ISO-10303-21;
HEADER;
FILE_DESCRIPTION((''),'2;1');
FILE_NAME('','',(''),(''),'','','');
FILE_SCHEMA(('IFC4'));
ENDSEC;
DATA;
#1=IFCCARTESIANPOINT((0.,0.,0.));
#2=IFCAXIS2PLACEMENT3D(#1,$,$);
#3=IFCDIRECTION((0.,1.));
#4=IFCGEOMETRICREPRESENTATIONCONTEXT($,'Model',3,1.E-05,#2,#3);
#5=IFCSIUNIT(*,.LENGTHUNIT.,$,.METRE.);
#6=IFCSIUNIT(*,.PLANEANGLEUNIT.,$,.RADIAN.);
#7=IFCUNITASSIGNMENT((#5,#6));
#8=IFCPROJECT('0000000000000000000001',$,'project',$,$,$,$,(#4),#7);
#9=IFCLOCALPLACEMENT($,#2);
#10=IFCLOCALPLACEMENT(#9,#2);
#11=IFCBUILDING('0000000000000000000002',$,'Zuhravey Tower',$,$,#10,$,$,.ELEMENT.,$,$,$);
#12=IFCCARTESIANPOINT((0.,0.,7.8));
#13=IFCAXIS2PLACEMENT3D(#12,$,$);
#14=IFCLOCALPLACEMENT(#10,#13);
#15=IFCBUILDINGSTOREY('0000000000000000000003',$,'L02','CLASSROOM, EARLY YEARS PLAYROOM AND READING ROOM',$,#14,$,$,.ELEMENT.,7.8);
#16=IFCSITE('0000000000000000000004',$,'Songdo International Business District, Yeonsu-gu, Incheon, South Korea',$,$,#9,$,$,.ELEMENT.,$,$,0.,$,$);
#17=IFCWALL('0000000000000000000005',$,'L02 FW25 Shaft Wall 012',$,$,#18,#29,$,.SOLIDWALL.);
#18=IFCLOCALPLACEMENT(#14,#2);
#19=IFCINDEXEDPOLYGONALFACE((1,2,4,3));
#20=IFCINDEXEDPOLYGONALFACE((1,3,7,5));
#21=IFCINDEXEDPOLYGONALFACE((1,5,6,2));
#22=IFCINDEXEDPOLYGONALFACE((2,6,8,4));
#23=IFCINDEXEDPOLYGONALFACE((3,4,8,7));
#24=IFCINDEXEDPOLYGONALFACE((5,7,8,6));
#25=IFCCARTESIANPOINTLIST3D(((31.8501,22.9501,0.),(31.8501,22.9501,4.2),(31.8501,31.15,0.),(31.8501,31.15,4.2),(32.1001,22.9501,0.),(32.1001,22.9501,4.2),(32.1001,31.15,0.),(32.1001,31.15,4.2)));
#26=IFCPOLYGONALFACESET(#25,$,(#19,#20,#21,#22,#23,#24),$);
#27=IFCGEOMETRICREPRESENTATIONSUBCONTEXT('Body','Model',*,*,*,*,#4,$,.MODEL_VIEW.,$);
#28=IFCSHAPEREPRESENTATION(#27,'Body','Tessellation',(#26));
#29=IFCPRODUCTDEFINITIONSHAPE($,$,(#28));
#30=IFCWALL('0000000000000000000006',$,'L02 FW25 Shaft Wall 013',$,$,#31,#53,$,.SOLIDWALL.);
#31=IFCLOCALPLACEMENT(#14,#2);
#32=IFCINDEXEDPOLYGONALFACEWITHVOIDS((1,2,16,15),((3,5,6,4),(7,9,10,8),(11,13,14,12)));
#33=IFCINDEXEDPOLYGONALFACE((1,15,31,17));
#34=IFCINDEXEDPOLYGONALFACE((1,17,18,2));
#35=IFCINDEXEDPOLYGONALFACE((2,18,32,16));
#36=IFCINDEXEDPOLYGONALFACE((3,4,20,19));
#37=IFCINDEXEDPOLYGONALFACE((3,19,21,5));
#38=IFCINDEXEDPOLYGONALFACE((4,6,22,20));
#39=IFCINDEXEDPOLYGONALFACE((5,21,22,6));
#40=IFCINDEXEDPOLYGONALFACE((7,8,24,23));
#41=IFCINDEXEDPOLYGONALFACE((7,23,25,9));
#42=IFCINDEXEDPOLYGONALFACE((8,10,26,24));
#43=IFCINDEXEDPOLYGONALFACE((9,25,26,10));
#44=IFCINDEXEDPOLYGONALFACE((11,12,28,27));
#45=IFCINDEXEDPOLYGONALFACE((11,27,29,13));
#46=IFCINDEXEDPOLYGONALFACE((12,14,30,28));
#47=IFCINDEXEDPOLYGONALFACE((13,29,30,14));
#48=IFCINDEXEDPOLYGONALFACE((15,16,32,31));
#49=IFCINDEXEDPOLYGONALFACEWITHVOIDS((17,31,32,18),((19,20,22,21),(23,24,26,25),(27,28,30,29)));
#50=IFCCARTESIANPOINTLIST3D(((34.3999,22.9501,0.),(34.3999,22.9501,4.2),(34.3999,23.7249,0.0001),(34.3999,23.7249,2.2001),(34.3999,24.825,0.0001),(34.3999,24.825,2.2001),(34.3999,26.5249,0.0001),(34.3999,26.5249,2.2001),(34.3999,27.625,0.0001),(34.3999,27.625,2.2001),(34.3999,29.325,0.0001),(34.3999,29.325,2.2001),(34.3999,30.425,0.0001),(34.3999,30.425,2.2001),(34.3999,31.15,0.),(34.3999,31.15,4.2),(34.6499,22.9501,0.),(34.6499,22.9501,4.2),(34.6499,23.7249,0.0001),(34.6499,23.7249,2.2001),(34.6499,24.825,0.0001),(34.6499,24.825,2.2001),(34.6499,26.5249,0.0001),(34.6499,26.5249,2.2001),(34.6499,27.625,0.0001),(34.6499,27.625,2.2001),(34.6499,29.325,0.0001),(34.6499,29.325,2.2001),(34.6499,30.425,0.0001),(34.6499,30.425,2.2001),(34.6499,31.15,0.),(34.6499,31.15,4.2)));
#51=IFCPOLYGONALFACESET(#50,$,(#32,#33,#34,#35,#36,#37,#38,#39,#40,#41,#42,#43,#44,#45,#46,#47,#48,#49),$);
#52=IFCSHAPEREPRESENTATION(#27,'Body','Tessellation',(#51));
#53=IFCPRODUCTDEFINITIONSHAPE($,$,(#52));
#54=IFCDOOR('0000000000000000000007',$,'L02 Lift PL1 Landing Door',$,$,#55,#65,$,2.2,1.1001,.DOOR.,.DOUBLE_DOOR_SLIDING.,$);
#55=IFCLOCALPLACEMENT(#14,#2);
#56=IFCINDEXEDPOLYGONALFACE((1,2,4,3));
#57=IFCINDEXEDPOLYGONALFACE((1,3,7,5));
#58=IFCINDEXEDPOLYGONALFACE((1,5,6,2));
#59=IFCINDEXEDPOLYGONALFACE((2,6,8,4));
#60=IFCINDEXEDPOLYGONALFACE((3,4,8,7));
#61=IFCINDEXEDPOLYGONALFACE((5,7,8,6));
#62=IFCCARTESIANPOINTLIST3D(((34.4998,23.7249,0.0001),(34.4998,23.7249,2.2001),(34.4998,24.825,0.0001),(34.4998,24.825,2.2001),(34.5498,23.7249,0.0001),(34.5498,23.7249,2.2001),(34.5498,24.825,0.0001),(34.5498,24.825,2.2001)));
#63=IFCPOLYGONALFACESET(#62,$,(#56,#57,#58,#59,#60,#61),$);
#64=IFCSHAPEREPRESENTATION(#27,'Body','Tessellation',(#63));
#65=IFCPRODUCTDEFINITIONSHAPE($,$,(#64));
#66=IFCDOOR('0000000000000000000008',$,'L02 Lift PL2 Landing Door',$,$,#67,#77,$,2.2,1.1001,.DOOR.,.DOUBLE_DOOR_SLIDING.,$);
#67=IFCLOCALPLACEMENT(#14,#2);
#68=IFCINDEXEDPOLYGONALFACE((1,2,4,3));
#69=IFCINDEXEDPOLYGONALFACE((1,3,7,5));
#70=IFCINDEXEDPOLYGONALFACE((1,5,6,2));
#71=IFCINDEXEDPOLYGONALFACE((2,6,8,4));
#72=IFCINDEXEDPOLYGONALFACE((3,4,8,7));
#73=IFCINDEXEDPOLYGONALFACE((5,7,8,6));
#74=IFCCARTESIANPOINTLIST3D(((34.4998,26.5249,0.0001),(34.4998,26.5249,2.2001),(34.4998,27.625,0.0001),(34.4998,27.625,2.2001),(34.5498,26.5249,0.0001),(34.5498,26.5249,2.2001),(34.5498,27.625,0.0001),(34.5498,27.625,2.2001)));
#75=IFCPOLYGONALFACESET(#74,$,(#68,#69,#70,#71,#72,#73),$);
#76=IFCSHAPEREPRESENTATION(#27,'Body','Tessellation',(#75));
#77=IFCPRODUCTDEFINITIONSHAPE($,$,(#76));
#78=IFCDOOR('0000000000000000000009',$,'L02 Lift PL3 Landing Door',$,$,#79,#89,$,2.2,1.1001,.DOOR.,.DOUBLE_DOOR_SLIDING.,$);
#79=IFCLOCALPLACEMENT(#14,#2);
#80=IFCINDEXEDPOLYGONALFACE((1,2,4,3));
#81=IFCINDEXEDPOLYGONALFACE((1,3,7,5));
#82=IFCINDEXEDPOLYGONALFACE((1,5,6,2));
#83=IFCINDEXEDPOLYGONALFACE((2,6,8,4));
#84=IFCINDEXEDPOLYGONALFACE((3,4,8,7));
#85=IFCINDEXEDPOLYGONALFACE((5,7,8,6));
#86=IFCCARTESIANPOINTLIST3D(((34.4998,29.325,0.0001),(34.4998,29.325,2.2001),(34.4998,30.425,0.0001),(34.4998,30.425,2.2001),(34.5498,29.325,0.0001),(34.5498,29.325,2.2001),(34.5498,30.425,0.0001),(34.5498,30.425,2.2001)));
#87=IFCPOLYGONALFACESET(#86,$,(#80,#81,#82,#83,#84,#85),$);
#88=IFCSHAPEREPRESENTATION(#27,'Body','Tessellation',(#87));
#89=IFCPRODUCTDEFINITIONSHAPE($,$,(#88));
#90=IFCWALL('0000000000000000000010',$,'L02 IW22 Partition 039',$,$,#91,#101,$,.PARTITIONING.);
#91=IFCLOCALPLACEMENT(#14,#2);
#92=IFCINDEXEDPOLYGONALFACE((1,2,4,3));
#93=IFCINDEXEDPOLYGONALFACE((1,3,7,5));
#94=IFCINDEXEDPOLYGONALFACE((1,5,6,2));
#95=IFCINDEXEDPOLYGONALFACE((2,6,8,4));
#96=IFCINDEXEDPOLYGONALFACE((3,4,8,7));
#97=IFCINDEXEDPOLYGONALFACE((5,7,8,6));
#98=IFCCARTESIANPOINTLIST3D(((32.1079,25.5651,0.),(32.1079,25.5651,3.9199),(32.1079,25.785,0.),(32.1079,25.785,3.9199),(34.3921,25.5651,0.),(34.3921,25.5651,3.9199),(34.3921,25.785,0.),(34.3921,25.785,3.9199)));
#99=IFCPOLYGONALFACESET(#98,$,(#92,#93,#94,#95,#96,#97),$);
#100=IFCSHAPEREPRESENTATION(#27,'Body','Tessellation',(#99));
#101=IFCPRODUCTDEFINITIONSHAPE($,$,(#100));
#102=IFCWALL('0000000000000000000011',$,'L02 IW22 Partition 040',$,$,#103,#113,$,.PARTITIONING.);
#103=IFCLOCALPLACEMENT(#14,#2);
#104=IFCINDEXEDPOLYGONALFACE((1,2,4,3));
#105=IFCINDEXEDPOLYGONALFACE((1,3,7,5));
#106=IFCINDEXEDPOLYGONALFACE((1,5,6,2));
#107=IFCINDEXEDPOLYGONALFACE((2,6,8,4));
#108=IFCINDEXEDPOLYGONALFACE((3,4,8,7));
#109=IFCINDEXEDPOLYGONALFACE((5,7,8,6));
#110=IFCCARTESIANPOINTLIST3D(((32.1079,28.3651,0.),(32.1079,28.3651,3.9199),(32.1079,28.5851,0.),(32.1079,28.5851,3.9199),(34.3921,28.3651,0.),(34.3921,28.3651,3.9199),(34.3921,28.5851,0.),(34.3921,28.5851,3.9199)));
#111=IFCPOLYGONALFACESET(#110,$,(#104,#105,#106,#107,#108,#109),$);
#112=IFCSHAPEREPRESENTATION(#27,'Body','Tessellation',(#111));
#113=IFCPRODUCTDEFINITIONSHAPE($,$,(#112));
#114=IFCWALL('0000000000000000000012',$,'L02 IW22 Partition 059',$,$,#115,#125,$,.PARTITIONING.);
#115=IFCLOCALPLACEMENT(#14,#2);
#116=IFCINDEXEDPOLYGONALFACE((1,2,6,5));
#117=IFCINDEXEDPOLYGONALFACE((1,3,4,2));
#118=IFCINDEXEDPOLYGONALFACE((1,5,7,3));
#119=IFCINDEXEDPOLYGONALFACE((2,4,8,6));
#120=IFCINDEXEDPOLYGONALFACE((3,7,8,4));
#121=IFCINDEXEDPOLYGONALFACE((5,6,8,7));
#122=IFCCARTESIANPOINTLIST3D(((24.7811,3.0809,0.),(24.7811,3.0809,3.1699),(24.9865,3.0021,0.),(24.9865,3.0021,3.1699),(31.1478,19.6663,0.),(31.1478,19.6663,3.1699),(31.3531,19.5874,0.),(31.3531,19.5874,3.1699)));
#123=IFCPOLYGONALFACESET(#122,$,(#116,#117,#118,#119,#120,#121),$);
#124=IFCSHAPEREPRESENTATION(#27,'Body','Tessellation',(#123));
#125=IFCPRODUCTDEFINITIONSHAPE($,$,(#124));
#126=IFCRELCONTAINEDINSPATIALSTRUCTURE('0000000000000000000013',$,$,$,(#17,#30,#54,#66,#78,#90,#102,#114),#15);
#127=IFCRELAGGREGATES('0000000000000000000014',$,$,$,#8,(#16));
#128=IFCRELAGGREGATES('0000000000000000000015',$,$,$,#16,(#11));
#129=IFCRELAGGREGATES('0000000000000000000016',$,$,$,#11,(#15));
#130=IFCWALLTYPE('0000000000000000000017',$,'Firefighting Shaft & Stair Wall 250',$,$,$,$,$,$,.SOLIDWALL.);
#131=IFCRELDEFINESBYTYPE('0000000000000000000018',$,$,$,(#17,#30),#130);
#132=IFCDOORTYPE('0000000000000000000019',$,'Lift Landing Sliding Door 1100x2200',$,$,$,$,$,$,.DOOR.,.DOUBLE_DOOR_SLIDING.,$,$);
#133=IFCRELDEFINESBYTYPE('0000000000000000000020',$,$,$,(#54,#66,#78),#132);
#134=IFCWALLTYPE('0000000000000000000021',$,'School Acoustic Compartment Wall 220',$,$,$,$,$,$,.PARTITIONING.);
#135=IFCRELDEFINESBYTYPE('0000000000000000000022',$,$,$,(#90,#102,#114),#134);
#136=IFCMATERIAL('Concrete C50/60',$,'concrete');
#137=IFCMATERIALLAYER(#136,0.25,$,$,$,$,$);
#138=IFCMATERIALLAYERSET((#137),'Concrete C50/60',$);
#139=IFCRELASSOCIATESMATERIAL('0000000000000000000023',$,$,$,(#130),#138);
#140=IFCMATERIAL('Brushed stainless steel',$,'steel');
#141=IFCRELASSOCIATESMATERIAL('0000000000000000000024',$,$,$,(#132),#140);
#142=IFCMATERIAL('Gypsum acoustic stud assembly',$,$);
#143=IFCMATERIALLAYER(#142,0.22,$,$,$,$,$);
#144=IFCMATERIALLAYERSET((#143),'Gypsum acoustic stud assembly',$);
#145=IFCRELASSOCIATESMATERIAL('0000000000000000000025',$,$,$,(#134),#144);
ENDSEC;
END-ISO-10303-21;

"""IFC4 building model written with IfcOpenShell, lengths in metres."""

from ifc_helpers import new_model, si_unit, direction, frame, frame_2d, origin, place, context, subcontext, project, spatial, rectangle, extrude, material, layer, layer_set, type_object, element, fill, save


model = new_model("IFC4")

# Units and contexts
model_context = context("Model", 3, precision=1e-05, world=origin(), true_north=direction((0.0, 1.0)))
body_context = subcontext(model_context, "Body", "Model", "MODEL_VIEW")
ifc_project = project(units=[si_unit("LENGTHUNIT", "METRE"), si_unit("PLANEANGLEUNIT", "RADIAN")], contexts=[model_context])

# Site, building, storey
site_placement = place(None, origin())
site = spatial("IfcSite", under=ifc_project, at=site_placement, Name="Songdo International Business District, Yeonsu-gu, Incheon, South Korea", CompositionType="ELEMENT", RefElevation=0.0)
building_placement = place(site_placement, origin())
building = spatial("IfcBuilding", under=site, at=building_placement, Name="Zuhravey Tower", CompositionType="ELEMENT")
storey_placement = place(building_placement, frame((0.0, 0.0, 7.8)))
storey = spatial("IfcBuildingStorey", under=building, at=storey_placement, Name="L02", Description="CLASSROOM, EARLY YEARS PLAYROOM AND READING ROOM", CompositionType="ELEMENT", Elevation=7.8)

# Shared definitions
ifc_material_1 = material(Name="Concrete C50/60", Category="concrete")
ifc_layer_1 = layer(ifc_material_1, 0.25)
ifc_layer_set_1 = layer_set([ifc_layer_1], Name="Concrete C50/60")
wall_type_1 = type_object("IfcWallType", Name="Firefighting Shaft & Stair Wall 250", PredefinedType="SOLIDWALL", material=ifc_layer_set_1)

# Shared definitions
ifc_material_2 = material(Name="Brushed stainless steel", Category="steel")

# Wall
wall_1_placement = place(storey_placement, frame((31.9751, 22.95, 0.0), z_axis=(0.0, 0.0, 1.0), x_axis=(0.0, 1.0, 0.0)))
element("IfcWall", 1, at=wall_1_placement, inside=storey, type_object=wall_type_1, Name="L02 FW25 Shaft Wall 012", PredefinedType="SOLIDWALL", context=body_context, shape_type="SweptSolid", body=[
    extrude(rectangle(XDim=8.2, YDim=0.25, at=frame_2d((4.1001, 0.0))), origin(), (0.0, 0.0, 1.0), 4.2),
])

# Wall, openings, doors
wall_2_placement = place(storey_placement, frame((34.5249, 22.95, 0.0), z_axis=(0.0, 0.0, 1.0), x_axis=(0.0, 1.0, 0.0)))
wall_2 = element("IfcWall", 2, at=wall_2_placement, inside=storey, type_object=wall_type_1, Name="L02 FW25 Shaft Wall 013", PredefinedType="SOLIDWALL", context=body_context, shape_type="SweptSolid", body=[
    extrude(rectangle(XDim=8.2, YDim=0.25, at=frame_2d((4.1001, 0.0))), origin(), (0.0, 0.0, 1.0), 4.2),
])
opening_1_placement = place(wall_2_placement, frame((0.7749, 0.0, 0.0)))
opening_1 = element("IfcOpeningElement", 3, at=opening_1_placement, cuts=wall_2, PredefinedType="OPENING", context=body_context, shape_type="SweptSolid", body=[
    extrude(rectangle(XDim=1.1001, YDim=2.2, at=frame_2d((0.55, 1.1001))), frame((0.0, 0.137, 0.0), z_axis=(0.0, -1.0, 0.0), x_axis=(1.0, 0.0, 0.0)), (0.0, 0.0, 1.0), 0.2739),
])
opening_2_placement = place(wall_2_placement, frame((3.575, 0.0, 0.0)))
opening_2 = element("IfcOpeningElement", 4, at=opening_2_placement, cuts=wall_2, PredefinedType="OPENING", context=body_context, shape_type="SweptSolid", body=[
    extrude(rectangle(XDim=1.1001, YDim=2.2, at=frame_2d((0.55, 1.1001))), frame((0.0, 0.137, 0.0), z_axis=(0.0, -1.0, 0.0), x_axis=(1.0, 0.0, 0.0)), (0.0, 0.0, 1.0), 0.2739),
])
opening_3_placement = place(wall_2_placement, frame((6.375, 0.0, 0.0)))
opening_3 = element("IfcOpeningElement", 5, at=opening_3_placement, cuts=wall_2, PredefinedType="OPENING", context=body_context, shape_type="SweptSolid", body=[
    extrude(rectangle(XDim=1.1001, YDim=2.2, at=frame_2d((0.55, 1.1001))), frame((0.0, 0.137, 0.0), z_axis=(0.0, -1.0, 0.0), x_axis=(1.0, 0.0, 0.0)), (0.0, 0.0, 1.0), 0.2739),
])
door_type_1 = type_object("IfcDoorType", Name="Lift Landing Sliding Door 1100x2200", OperationType="DOUBLE_DOOR_SLIDING", PredefinedType="DOOR", material=ifc_material_2)
door_1_placement = place(opening_1_placement, frame((1.1001, 0.0, 0.0), z_axis=(0.0, 0.0, 1.0), x_axis=(-1.0, 0.0, 0.0)))
door_1 = element("IfcDoor", 6, at=door_1_placement, inside=storey, type_object=door_type_1, Name="L02 Lift PL1 Landing Door", OperationType="DOUBLE_DOOR_SLIDING", OverallHeight=2.2, OverallWidth=1.1001, PredefinedType="DOOR", context=body_context, shape_type="SweptSolid", body=[
    extrude(rectangle(XDim=1.1001, YDim=2.2, at=frame_2d((0.55, 1.1001))), frame((0.0, 0.0249, 0.0), z_axis=(0.0, -1.0, 0.0), x_axis=(1.0, 0.0, 0.0)), (0.0, 0.0, 1.0), 0.05),
])
fill(opening_1, door_1)
door_2_placement = place(opening_2_placement, frame((1.1001, 0.0, 0.0), z_axis=(0.0, 0.0, 1.0), x_axis=(-1.0, 0.0, 0.0)))
door_2 = element("IfcDoor", 7, at=door_2_placement, inside=storey, type_object=door_type_1, Name="L02 Lift PL2 Landing Door", OperationType="DOUBLE_DOOR_SLIDING", OverallHeight=2.2, OverallWidth=1.1001, PredefinedType="DOOR", context=body_context, shape_type="SweptSolid", body=[
    extrude(rectangle(XDim=1.1001, YDim=2.2, at=frame_2d((0.55, 1.1001))), frame((0.0, 0.0249, 0.0), z_axis=(0.0, -1.0, 0.0), x_axis=(1.0, 0.0, 0.0)), (0.0, 0.0, 1.0), 0.05),
])
fill(opening_2, door_2)
door_3_placement = place(opening_3_placement, frame((1.1001, 0.0, 0.0), z_axis=(0.0, 0.0, 1.0), x_axis=(-1.0, 0.0, 0.0)))
door_3 = element("IfcDoor", 8, at=door_3_placement, inside=storey, type_object=door_type_1, Name="L02 Lift PL3 Landing Door", OperationType="DOUBLE_DOOR_SLIDING", OverallHeight=2.2, OverallWidth=1.1001, PredefinedType="DOOR", context=body_context, shape_type="SweptSolid", body=[
    extrude(rectangle(XDim=1.1001, YDim=2.2, at=frame_2d((0.55, 1.1001))), frame((0.0, 0.0249, 0.0), z_axis=(0.0, -1.0, 0.0), x_axis=(1.0, 0.0, 0.0)), (0.0, 0.0, 1.0), 0.05),
])
fill(opening_3, door_3)

# Walls
ifc_material_3 = material(Name="Gypsum acoustic stud assembly")
ifc_layer_2 = layer(ifc_material_3, 0.22)
ifc_layer_set_2 = layer_set([ifc_layer_2], Name="Gypsum acoustic stud assembly")
wall_type_2 = type_object("IfcWallType", Name="School Acoustic Compartment Wall 220", PredefinedType="PARTITIONING", material=ifc_layer_set_2)
for number, where, z_axis, x_axis, name in (
    (9, (32.1079, 25.675, 0.0), (0.0, 0.0, 1.0), (1.0, 0.0, 0.0), "L02 IW22 Partition 039"),
    (10, (32.1079, 28.4751, 0.0), (0.0, 0.0, 1.0), (1.0, 0.0, 0.0), "L02 IW22 Partition 040"),
):
    element("IfcWall", number, at=place(storey_placement, frame(where, z_axis=z_axis, x_axis=x_axis)), inside=storey, type_object=wall_type_2, Name=name, PredefinedType="PARTITIONING", context=body_context, shape_type="SweptSolid", body=[
        extrude(rectangle(XDim=2.2842, YDim=0.22, at=frame_2d((1.1421, 0.0))), origin(), (0.0, 0.0, 1.0), 3.9199),
    ])
wall_3_placement = place(storey_placement, frame((31.2505, 19.627, 0.0), z_axis=(0.0, 0.0, 1.0), x_axis=(-0.358375, -0.933578, 0.0)))
element("IfcWall", 11, at=wall_3_placement, inside=storey, type_object=wall_type_2, Name="L02 IW22 Partition 059", PredefinedType="PARTITIONING", context=body_context, shape_type="SweptSolid", body=[
    extrude(rectangle(XDim=17.7654, YDim=0.22, at=frame_2d((8.8828, 0.0))), origin(), (0.0, 0.0, 1.0), 3.1699),
])

save(model, "model.ifc")
